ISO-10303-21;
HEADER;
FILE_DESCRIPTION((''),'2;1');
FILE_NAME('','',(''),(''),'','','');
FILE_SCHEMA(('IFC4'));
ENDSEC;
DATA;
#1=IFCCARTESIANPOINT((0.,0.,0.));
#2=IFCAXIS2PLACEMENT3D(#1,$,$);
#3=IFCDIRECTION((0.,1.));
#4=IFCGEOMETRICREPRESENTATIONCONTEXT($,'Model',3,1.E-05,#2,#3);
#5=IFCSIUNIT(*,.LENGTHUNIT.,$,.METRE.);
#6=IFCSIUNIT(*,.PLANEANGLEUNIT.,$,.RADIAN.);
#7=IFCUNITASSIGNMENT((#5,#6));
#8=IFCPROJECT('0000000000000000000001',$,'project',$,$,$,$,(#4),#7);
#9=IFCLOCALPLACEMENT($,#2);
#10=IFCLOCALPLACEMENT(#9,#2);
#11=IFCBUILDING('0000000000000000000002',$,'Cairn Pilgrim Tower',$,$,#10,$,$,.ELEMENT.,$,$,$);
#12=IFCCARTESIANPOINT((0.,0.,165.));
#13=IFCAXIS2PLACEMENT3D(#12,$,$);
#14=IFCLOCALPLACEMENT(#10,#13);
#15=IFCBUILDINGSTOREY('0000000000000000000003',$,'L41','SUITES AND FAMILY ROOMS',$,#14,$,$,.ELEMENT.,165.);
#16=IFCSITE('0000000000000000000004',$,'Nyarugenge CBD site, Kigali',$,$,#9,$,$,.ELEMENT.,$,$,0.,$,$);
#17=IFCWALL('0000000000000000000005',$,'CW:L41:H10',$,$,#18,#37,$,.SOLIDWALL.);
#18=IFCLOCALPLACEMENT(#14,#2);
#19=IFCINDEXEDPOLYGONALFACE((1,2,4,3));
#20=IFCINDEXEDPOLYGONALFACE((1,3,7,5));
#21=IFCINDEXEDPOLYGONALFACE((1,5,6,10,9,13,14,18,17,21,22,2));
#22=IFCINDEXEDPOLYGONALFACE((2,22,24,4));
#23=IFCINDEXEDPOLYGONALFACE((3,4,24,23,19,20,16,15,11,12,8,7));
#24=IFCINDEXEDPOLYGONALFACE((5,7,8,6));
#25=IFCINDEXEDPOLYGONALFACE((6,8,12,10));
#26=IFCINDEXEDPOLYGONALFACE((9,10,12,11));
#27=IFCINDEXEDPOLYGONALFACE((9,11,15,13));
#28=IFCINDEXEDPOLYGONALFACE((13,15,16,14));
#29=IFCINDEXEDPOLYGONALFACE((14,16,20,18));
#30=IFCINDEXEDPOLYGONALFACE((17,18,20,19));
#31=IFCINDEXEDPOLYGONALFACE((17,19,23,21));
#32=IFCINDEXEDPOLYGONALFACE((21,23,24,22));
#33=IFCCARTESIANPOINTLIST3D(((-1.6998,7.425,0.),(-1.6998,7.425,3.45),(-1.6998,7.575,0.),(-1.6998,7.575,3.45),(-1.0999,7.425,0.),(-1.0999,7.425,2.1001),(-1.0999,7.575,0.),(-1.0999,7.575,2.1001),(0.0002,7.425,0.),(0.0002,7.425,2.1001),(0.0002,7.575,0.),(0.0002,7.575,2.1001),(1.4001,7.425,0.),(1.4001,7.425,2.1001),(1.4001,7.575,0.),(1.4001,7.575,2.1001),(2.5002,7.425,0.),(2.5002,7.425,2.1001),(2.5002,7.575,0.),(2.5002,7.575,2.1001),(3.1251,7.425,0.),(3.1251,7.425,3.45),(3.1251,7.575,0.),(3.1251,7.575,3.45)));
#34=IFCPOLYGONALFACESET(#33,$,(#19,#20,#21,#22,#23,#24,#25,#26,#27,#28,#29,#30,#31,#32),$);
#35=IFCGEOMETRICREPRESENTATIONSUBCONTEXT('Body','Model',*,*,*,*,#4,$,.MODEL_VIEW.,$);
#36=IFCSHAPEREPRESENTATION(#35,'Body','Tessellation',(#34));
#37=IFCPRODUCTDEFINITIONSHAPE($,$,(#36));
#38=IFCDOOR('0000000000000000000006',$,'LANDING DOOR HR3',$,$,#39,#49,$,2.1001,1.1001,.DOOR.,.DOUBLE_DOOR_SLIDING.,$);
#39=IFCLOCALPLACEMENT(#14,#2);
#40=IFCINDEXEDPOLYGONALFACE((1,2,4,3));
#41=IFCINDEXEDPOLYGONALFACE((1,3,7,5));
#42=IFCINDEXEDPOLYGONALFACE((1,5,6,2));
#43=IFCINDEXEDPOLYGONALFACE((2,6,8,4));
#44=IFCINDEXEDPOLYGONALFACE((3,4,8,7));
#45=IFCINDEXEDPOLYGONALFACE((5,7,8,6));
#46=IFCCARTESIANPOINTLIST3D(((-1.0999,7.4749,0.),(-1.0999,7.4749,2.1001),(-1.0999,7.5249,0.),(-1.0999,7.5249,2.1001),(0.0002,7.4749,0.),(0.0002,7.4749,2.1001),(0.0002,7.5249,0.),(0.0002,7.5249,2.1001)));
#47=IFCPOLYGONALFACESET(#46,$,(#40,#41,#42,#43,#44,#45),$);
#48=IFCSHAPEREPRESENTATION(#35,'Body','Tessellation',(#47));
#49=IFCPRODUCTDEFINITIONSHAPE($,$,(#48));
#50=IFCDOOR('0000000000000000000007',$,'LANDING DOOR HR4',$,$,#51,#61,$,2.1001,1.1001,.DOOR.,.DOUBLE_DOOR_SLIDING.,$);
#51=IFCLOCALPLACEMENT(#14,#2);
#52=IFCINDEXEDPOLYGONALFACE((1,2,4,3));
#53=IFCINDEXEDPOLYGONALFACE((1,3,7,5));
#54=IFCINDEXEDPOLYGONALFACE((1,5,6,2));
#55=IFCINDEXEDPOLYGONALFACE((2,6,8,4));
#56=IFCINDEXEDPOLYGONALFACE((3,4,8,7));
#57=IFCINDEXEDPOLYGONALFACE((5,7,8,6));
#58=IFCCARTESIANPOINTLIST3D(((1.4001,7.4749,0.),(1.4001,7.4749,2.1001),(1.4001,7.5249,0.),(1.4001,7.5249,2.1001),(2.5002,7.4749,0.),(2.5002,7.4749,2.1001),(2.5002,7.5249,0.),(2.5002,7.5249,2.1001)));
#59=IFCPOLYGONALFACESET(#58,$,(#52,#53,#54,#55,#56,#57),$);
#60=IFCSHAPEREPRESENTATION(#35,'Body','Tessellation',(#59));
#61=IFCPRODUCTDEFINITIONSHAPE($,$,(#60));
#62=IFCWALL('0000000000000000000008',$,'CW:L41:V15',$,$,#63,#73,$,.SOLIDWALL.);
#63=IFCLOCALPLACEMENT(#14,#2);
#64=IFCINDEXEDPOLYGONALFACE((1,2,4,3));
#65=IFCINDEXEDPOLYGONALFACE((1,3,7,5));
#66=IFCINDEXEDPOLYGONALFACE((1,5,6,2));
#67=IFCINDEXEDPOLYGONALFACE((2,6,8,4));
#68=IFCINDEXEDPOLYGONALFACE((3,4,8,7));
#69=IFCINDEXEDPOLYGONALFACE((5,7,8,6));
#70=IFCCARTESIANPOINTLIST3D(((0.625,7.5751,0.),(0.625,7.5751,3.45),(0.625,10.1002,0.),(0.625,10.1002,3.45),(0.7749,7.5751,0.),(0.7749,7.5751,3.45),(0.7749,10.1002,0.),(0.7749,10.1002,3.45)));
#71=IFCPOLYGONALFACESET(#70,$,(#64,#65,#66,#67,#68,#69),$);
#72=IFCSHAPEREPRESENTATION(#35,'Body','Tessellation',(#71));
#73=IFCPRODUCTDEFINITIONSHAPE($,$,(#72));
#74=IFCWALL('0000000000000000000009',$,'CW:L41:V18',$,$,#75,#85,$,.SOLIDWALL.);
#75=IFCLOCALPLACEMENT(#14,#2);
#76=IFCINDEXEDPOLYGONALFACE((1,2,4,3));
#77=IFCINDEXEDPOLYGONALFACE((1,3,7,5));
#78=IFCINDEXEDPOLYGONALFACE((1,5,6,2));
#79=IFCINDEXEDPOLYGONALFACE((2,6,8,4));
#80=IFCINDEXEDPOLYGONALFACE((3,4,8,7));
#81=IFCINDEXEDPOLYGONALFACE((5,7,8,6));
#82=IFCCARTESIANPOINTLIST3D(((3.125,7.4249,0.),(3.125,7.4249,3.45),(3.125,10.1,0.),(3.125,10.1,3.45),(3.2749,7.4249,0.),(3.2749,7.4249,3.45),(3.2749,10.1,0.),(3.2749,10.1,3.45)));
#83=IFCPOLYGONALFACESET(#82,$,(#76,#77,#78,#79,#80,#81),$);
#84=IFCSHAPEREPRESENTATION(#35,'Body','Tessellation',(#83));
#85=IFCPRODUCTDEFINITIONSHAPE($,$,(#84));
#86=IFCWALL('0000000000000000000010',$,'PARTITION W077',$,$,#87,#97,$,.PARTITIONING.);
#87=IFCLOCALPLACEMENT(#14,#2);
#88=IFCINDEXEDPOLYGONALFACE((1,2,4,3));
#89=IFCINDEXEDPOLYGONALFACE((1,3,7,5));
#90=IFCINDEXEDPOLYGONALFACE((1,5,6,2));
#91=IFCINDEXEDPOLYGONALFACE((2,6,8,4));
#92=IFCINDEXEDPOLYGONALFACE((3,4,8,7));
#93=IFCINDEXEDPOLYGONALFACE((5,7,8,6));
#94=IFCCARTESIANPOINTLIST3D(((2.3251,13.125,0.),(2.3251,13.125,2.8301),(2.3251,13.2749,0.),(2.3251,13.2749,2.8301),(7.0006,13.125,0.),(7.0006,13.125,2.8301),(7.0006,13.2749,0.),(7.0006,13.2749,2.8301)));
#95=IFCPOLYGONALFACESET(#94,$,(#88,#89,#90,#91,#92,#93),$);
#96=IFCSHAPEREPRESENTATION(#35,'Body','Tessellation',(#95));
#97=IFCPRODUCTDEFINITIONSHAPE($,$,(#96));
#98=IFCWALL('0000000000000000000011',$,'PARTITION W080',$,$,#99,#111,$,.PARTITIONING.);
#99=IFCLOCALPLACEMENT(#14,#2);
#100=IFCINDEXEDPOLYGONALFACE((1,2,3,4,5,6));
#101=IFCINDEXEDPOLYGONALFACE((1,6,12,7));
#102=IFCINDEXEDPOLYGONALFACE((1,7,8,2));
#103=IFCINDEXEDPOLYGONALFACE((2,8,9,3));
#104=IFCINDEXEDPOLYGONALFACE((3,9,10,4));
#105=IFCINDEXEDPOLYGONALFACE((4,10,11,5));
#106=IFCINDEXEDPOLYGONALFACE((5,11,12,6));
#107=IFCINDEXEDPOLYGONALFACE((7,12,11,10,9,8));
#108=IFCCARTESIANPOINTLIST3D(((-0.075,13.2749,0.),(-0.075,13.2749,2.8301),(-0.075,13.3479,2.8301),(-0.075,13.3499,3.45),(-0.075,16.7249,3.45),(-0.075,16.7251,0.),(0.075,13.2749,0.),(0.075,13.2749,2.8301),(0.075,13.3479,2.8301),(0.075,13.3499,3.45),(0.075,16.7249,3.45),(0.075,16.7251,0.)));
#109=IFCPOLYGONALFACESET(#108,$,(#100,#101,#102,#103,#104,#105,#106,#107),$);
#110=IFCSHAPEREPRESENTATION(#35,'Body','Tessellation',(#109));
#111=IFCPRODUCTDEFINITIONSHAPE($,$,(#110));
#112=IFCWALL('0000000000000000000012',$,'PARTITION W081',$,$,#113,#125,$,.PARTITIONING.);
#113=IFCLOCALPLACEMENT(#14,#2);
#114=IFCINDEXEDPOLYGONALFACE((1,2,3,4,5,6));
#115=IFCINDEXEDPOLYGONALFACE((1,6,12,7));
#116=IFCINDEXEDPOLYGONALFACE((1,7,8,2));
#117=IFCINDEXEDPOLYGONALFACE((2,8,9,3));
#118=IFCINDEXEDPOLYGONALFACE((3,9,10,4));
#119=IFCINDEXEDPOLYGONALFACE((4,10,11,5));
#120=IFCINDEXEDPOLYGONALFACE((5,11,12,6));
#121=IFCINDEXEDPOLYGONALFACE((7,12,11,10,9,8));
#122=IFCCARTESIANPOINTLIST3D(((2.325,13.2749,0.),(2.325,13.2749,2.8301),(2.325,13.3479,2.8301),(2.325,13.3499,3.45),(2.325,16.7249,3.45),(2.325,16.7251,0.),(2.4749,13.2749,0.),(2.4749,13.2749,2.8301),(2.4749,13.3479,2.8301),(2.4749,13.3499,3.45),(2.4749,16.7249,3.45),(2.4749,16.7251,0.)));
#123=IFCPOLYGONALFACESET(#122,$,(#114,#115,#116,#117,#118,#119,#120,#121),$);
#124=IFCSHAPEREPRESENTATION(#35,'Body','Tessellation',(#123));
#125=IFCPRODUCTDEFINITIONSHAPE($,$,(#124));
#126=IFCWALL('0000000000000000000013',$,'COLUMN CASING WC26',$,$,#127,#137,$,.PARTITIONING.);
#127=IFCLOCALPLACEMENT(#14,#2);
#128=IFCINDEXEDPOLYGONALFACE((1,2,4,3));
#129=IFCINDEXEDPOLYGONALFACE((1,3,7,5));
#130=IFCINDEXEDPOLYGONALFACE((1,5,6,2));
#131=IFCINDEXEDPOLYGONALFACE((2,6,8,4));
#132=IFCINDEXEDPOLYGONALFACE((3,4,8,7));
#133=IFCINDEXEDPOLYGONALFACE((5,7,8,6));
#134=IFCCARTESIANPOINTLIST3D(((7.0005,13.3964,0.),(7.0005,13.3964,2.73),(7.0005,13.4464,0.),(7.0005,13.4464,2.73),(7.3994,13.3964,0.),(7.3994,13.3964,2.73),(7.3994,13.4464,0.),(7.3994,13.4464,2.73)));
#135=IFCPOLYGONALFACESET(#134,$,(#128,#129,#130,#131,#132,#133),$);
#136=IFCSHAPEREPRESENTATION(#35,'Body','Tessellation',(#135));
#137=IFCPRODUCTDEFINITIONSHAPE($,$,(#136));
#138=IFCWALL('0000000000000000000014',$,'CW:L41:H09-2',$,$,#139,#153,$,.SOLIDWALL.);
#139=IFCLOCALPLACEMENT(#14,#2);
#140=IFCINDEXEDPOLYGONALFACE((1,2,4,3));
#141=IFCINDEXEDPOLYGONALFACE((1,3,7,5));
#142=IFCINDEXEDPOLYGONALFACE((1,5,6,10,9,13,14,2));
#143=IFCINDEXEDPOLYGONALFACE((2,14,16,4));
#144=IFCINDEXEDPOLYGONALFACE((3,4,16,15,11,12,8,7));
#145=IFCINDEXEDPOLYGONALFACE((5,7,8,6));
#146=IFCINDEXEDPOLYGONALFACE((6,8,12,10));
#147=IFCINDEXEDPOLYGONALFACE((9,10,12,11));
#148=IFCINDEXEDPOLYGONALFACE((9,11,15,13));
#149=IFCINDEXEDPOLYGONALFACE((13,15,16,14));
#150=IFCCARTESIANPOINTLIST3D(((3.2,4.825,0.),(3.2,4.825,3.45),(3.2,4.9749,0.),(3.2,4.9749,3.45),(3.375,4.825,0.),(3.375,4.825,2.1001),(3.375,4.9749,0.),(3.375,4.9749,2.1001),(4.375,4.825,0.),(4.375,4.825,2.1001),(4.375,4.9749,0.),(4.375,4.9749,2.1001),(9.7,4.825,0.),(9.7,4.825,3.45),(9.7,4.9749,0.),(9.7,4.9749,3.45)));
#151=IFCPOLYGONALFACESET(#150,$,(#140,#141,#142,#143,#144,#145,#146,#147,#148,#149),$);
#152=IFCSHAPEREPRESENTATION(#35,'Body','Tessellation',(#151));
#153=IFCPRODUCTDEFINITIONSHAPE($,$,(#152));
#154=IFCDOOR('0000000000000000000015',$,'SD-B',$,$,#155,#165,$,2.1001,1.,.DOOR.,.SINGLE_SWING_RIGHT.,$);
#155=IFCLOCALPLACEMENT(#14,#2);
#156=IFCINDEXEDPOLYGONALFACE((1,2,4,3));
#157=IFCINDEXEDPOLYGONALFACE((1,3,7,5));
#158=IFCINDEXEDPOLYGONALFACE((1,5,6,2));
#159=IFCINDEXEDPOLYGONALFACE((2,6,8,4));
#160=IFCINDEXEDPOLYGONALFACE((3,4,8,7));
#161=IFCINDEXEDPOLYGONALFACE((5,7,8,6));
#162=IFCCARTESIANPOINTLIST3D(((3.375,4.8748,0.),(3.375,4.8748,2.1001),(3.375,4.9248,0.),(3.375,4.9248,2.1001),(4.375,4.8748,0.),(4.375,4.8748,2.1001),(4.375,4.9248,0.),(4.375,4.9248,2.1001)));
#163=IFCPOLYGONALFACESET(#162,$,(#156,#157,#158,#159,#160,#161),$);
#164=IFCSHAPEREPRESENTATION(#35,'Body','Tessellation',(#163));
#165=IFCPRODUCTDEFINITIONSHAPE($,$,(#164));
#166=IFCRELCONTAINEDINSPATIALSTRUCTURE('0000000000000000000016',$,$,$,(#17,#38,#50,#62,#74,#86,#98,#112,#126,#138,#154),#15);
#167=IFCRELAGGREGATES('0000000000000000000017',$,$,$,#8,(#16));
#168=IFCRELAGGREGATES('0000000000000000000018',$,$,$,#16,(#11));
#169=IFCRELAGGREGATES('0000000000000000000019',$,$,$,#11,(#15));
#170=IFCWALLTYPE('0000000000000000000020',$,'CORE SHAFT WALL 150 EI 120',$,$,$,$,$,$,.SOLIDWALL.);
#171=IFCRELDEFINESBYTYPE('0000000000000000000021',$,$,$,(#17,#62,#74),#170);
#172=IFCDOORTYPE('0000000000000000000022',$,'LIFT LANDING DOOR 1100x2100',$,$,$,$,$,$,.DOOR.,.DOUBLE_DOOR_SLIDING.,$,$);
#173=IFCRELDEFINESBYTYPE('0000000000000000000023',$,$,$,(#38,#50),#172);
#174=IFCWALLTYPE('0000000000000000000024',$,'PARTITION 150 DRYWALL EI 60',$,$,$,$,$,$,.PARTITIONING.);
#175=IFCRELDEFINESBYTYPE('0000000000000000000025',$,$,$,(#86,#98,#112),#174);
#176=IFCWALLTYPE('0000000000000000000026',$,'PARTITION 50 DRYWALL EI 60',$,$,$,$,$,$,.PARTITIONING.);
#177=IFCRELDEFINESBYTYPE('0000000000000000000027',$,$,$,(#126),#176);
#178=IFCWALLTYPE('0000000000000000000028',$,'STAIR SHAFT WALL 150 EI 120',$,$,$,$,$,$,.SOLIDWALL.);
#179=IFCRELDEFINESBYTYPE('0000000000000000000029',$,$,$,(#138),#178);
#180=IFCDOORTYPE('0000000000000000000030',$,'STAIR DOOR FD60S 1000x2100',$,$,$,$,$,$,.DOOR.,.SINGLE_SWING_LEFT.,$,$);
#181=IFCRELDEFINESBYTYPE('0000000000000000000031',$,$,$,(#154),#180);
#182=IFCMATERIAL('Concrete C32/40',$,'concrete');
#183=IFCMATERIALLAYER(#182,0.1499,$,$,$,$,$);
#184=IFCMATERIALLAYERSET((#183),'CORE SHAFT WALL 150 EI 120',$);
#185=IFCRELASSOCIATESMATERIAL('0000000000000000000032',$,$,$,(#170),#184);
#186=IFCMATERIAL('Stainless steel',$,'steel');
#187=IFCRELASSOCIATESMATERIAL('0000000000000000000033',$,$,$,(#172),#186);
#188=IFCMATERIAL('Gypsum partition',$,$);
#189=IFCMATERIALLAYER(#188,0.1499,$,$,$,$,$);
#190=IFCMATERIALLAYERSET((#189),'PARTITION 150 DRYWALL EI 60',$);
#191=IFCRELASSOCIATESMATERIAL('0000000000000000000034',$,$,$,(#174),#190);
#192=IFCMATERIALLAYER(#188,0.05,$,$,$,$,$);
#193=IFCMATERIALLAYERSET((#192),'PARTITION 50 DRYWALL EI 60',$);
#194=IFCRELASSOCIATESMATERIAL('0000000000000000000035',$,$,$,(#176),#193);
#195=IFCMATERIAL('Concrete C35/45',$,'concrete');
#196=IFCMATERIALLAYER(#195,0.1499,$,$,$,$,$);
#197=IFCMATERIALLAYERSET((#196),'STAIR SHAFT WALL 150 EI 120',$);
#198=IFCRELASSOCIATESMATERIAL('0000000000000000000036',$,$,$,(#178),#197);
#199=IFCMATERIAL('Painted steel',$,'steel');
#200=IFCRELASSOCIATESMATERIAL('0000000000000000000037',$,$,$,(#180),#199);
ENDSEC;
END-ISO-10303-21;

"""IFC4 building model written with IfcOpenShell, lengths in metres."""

from ifc_helpers import new_model, si_unit, direction, frame, frame_2d, origin, place, context, subcontext, project, spatial, polyline, rectangle, outline, extrude, material, layer, layer_set, type_object, element, fill, save


model = new_model("IFC4")

# Units and contexts
model_context = context("Model", 3, precision=1e-05, world=origin(), true_north=direction((0.0, 1.0)))
body_context = subcontext(model_context, "Body", "Model", "MODEL_VIEW")
ifc_project = project(units=[si_unit("LENGTHUNIT", "METRE"), si_unit("PLANEANGLEUNIT", "RADIAN")], contexts=[model_context])

# Site, building, storey
site_placement = place(None, origin())
site = spatial("IfcSite", under=ifc_project, at=site_placement, Name="Nyarugenge CBD site, Kigali", CompositionType="ELEMENT", RefElevation=0.0)
building_placement = place(site_placement, origin())
building = spatial("IfcBuilding", under=site, at=building_placement, Name="Cairn Pilgrim Tower", CompositionType="ELEMENT")
storey_placement = place(building_placement, frame((0.0, 0.0, 165.0)))
storey = spatial("IfcBuildingStorey", under=building, at=storey_placement, Name="L41", Description="SUITES AND FAMILY ROOMS", CompositionType="ELEMENT", Elevation=165.0)

# Shared definitions
ifc_material_1 = material(Name="Concrete C32/40", Category="concrete")

# Wall, openings, doors
ifc_layer_1 = layer(ifc_material_1, 0.1499)
ifc_layer_set_1 = layer_set([ifc_layer_1], Name="CORE SHAFT WALL 150 EI 120")
wall_type_1 = type_object("IfcWallType", Name="CORE SHAFT WALL 150 EI 120", PredefinedType="SOLIDWALL", material=ifc_layer_set_1)
ifc_material_2 = material(Name="Stainless steel", Category="steel")
door_type_1 = type_object("IfcDoorType", Name="LIFT LANDING DOOR 1100x2100", OperationType="DOUBLE_DOOR_SLIDING", PredefinedType="DOOR", material=ifc_material_2)
wall_1_placement = place(storey_placement, frame((-1.7, 7.5, 0.0), z_axis=(0.0, 0.0, 1.0), x_axis=(1.0, 0.0, 0.0)))
wall_1 = element("IfcWall", 1, at=wall_1_placement, inside=storey, type_object=wall_type_1, Name="CW:L41:H10", PredefinedType="SOLIDWALL", context=body_context, shape_type="SweptSolid", body=[
    extrude(rectangle(XDim=4.825, YDim=0.1499, at=frame_2d((2.4126, 0.0))), origin(), (0.0, 0.0, 1.0), 3.45),
])
opening_1_placement = place(wall_1_placement, frame((0.6001, 0.0, 0.0)))
opening_1 = element("IfcOpeningElement", 2, at=opening_1_placement, cuts=wall_1, PredefinedType="OPENING", context=body_context, shape_type="SweptSolid", body=[
    extrude(rectangle(XDim=1.1001, YDim=2.1001, at=frame_2d((0.55, 1.05))), frame((0.0, 0.085, 0.0), z_axis=(0.0, -1.0, 0.0), x_axis=(1.0, 0.0, 0.0)), (0.0, 0.0, 1.0), 0.1699),
])
opening_2_placement = place(wall_1_placement, frame((3.1001, 0.0, 0.0)))
opening_2 = element("IfcOpeningElement", 3, at=opening_2_placement, cuts=wall_1, PredefinedType="OPENING", context=body_context, shape_type="SweptSolid", body=[
    extrude(rectangle(XDim=1.1001, YDim=2.1001, at=frame_2d((0.55, 1.05))), frame((0.0, 0.085, 0.0), z_axis=(0.0, -1.0, 0.0), x_axis=(1.0, 0.0, 0.0)), (0.0, 0.0, 1.0), 0.1699),
])
door_1_placement = place(opening_1_placement, origin())
door_1 = element("IfcDoor", 4, at=door_1_placement, inside=storey, type_object=door_type_1, Name="LANDING DOOR HR3", OperationType="DOUBLE_DOOR_SLIDING", OverallHeight=2.1001, OverallWidth=1.1001, PredefinedType="DOOR", context=body_context, shape_type="SweptSolid", body=[
    extrude(rectangle(XDim=1.1001, YDim=2.1001, at=frame_2d((0.55, 1.05))), frame((0.0, 0.0249, 0.0), z_axis=(0.0, -1.0, 0.0), x_axis=(1.0, 0.0, 0.0)), (0.0, 0.0, 1.0), 0.05),
])
fill(opening_1, door_1)
door_2_placement = place(opening_2_placement, origin())
door_2 = element("IfcDoor", 5, at=door_2_placement, inside=storey, type_object=door_type_1, Name="LANDING DOOR HR4", OperationType="DOUBLE_DOOR_SLIDING", OverallHeight=2.1001, OverallWidth=1.1001, PredefinedType="DOOR", context=body_context, shape_type="SweptSolid", body=[
    extrude(rectangle(XDim=1.1001, YDim=2.1001, at=frame_2d((0.55, 1.05))), frame((0.0, 0.0249, 0.0), z_axis=(0.0, -1.0, 0.0), x_axis=(1.0, 0.0, 0.0)), (0.0, 0.0, 1.0), 0.05),
])
fill(opening_2, door_2)

# Walls
wall_2_placement = place(storey_placement, frame((0.7, 7.575, 0.0), z_axis=(0.0, 0.0, 1.0), x_axis=(0.0, 1.0, 0.0)))
element("IfcWall", 6, at=wall_2_placement, inside=storey, type_object=wall_type_1, Name="CW:L41:V15", PredefinedType="SOLIDWALL", context=body_context, shape_type="SweptSolid", body=[
    extrude(rectangle(XDim=2.5251, YDim=0.1499, at=frame_2d((1.2627, 0.0))), origin(), (0.0, 0.0, 1.0), 3.45),
])
wall_3_placement = place(storey_placement, frame((3.2, 7.425, 0.0), z_axis=(0.0, 0.0, 1.0), x_axis=(0.0, 1.0, 0.0)))
element("IfcWall", 7, at=wall_3_placement, inside=storey, type_object=wall_type_1, Name="CW:L41:V18", PredefinedType="SOLIDWALL", context=body_context, shape_type="SweptSolid", body=[
    extrude(rectangle(XDim=2.675, YDim=0.1499, at=frame_2d((1.3374, 0.0))), origin(), (0.0, 0.0, 1.0), 3.45),
])
ifc_material_3 = material(Name="Gypsum partition")
ifc_layer_2 = layer(ifc_material_3, 0.1499)
ifc_layer_set_2 = layer_set([ifc_layer_2], Name="PARTITION 150 DRYWALL EI 60")
wall_type_2 = type_object("IfcWallType", Name="PARTITION 150 DRYWALL EI 60", PredefinedType="PARTITIONING", material=ifc_layer_set_2)
wall_4_placement = place(storey_placement, frame((2.325, 13.2, 0.0), z_axis=(0.0, 0.0, 1.0), x_axis=(1.0, 0.0, 0.0)))
element("IfcWall", 8, at=wall_4_placement, inside=storey, type_object=wall_type_2, Name="PARTITION W077", PredefinedType="PARTITIONING", context=body_context, shape_type="SweptSolid", body=[
    extrude(rectangle(XDim=4.6755, YDim=0.1499, at=frame_2d((2.3379, 0.0))), origin(), (0.0, 0.0, 1.0), 2.8301),
])
for number, where, z_axis, x_axis, name in (
    (9, (0.0, 13.2749, 0.0), (0.0, 0.0, 1.0), (0.0, 1.0, 0.0), "PARTITION W080"),
    (10, (2.3999, 13.2749, 0.0), (0.0, 0.0, 1.0), (0.0, 1.0, 0.0), "PARTITION W081"),
):
    element("IfcWall", number, at=place(storey_placement, frame(where, z_axis=z_axis, x_axis=x_axis)), inside=storey, type_object=wall_type_2, Name=name, PredefinedType="PARTITIONING", context=body_context, shape_type="SweptSolid", body=[
        extrude(outline(polyline([(0.0, 0.0), (3.4502, 0.0), (3.45, 3.45), (0.075, 3.45), (0.073, 2.8301), (0.0, 2.8301), (0.0, 0.0)])), frame((0.0, 0.075, 0.0), z_axis=(0.0, -1.0, 0.0), x_axis=(1.0, 0.0, 0.0)), (0.0, 0.0, 1.0), 0.1499),
    ])
ifc_layer_3 = layer(ifc_material_3, 0.05)
ifc_layer_set_3 = layer_set([ifc_layer_3], Name="PARTITION 50 DRYWALL EI 60")
wall_type_3 = type_object("IfcWallType", Name="PARTITION 50 DRYWALL EI 60", PredefinedType="PARTITIONING", material=ifc_layer_set_3)
wall_5_placement = place(storey_placement, frame((7.0005, 13.4214, 0.0), z_axis=(0.0, 0.0, 1.0), x_axis=(1.0, 0.0, 0.0)))
element("IfcWall", 11, at=wall_5_placement, inside=storey, type_object=wall_type_3, Name="COLUMN CASING WC26", PredefinedType="PARTITIONING", context=body_context, shape_type="SweptSolid", body=[
    extrude(rectangle(XDim=0.3989, YDim=0.05, at=frame_2d((0.1995, 0.0))), origin(), (0.0, 0.0, 1.0), 2.73),
])

# Wall, opening, door
ifc_material_4 = material(Name="Concrete C35/45", Category="concrete")
ifc_layer_4 = layer(ifc_material_4, 0.1499)
ifc_layer_set_4 = layer_set([ifc_layer_4], Name="STAIR SHAFT WALL 150 EI 120")
wall_type_4 = type_object("IfcWallType", Name="STAIR SHAFT WALL 150 EI 120", PredefinedType="SOLIDWALL", material=ifc_layer_set_4)
wall_6_placement = place(storey_placement, frame((3.2, 4.8999, 0.0), z_axis=(0.0, 0.0, 1.0), x_axis=(1.0, 0.0, 0.0)))
wall_6 = element("IfcWall", 12, at=wall_6_placement, inside=storey, type_object=wall_type_4, Name="CW:L41:H09-2", PredefinedType="SOLIDWALL", context=body_context, shape_type="SweptSolid", body=[
    extrude(rectangle(XDim=6.5, YDim=0.1499, at=frame_2d((3.25, 0.0))), origin(), (0.0, 0.0, 1.0), 3.45),
])
opening_3_placement = place(wall_6_placement, frame((0.175, 0.0, 0.0)))
opening_3 = element("IfcOpeningElement", 13, at=opening_3_placement, cuts=wall_6, PredefinedType="OPENING", context=body_context, shape_type="SweptSolid", body=[
    extrude(rectangle(XDim=1.0, YDim=2.1001, at=frame_2d((0.5, 1.05))), frame((0.0, 0.085, 0.0), z_axis=(0.0, -1.0, 0.0), x_axis=(1.0, 0.0, 0.0)), (0.0, 0.0, 1.0), 0.1699),
])
ifc_material_5 = material(Name="Painted steel", Category="steel")
door_type_2 = type_object("IfcDoorType", Name="STAIR DOOR FD60S 1000x2100", OperationType="SINGLE_SWING_LEFT", PredefinedType="DOOR", material=ifc_material_5)
door_3_placement = place(opening_3_placement, origin())
door_3 = element("IfcDoor", 14, at=door_3_placement, inside=storey, type_object=door_type_2, Name="SD-B", OperationType="SINGLE_SWING_RIGHT", OverallHeight=2.1001, OverallWidth=1.0, PredefinedType="DOOR", context=body_context, shape_type="SweptSolid", body=[
    extrude(rectangle(XDim=1.0, YDim=2.1001, at=frame_2d((0.5, 1.05))), frame((0.0, 0.0249, 0.0), z_axis=(0.0, -1.0, 0.0), x_axis=(1.0, 0.0, 0.0)), (0.0, 0.0, 1.0), 0.05),
])
fill(opening_3, door_3)

save(model, "model.ifc")
